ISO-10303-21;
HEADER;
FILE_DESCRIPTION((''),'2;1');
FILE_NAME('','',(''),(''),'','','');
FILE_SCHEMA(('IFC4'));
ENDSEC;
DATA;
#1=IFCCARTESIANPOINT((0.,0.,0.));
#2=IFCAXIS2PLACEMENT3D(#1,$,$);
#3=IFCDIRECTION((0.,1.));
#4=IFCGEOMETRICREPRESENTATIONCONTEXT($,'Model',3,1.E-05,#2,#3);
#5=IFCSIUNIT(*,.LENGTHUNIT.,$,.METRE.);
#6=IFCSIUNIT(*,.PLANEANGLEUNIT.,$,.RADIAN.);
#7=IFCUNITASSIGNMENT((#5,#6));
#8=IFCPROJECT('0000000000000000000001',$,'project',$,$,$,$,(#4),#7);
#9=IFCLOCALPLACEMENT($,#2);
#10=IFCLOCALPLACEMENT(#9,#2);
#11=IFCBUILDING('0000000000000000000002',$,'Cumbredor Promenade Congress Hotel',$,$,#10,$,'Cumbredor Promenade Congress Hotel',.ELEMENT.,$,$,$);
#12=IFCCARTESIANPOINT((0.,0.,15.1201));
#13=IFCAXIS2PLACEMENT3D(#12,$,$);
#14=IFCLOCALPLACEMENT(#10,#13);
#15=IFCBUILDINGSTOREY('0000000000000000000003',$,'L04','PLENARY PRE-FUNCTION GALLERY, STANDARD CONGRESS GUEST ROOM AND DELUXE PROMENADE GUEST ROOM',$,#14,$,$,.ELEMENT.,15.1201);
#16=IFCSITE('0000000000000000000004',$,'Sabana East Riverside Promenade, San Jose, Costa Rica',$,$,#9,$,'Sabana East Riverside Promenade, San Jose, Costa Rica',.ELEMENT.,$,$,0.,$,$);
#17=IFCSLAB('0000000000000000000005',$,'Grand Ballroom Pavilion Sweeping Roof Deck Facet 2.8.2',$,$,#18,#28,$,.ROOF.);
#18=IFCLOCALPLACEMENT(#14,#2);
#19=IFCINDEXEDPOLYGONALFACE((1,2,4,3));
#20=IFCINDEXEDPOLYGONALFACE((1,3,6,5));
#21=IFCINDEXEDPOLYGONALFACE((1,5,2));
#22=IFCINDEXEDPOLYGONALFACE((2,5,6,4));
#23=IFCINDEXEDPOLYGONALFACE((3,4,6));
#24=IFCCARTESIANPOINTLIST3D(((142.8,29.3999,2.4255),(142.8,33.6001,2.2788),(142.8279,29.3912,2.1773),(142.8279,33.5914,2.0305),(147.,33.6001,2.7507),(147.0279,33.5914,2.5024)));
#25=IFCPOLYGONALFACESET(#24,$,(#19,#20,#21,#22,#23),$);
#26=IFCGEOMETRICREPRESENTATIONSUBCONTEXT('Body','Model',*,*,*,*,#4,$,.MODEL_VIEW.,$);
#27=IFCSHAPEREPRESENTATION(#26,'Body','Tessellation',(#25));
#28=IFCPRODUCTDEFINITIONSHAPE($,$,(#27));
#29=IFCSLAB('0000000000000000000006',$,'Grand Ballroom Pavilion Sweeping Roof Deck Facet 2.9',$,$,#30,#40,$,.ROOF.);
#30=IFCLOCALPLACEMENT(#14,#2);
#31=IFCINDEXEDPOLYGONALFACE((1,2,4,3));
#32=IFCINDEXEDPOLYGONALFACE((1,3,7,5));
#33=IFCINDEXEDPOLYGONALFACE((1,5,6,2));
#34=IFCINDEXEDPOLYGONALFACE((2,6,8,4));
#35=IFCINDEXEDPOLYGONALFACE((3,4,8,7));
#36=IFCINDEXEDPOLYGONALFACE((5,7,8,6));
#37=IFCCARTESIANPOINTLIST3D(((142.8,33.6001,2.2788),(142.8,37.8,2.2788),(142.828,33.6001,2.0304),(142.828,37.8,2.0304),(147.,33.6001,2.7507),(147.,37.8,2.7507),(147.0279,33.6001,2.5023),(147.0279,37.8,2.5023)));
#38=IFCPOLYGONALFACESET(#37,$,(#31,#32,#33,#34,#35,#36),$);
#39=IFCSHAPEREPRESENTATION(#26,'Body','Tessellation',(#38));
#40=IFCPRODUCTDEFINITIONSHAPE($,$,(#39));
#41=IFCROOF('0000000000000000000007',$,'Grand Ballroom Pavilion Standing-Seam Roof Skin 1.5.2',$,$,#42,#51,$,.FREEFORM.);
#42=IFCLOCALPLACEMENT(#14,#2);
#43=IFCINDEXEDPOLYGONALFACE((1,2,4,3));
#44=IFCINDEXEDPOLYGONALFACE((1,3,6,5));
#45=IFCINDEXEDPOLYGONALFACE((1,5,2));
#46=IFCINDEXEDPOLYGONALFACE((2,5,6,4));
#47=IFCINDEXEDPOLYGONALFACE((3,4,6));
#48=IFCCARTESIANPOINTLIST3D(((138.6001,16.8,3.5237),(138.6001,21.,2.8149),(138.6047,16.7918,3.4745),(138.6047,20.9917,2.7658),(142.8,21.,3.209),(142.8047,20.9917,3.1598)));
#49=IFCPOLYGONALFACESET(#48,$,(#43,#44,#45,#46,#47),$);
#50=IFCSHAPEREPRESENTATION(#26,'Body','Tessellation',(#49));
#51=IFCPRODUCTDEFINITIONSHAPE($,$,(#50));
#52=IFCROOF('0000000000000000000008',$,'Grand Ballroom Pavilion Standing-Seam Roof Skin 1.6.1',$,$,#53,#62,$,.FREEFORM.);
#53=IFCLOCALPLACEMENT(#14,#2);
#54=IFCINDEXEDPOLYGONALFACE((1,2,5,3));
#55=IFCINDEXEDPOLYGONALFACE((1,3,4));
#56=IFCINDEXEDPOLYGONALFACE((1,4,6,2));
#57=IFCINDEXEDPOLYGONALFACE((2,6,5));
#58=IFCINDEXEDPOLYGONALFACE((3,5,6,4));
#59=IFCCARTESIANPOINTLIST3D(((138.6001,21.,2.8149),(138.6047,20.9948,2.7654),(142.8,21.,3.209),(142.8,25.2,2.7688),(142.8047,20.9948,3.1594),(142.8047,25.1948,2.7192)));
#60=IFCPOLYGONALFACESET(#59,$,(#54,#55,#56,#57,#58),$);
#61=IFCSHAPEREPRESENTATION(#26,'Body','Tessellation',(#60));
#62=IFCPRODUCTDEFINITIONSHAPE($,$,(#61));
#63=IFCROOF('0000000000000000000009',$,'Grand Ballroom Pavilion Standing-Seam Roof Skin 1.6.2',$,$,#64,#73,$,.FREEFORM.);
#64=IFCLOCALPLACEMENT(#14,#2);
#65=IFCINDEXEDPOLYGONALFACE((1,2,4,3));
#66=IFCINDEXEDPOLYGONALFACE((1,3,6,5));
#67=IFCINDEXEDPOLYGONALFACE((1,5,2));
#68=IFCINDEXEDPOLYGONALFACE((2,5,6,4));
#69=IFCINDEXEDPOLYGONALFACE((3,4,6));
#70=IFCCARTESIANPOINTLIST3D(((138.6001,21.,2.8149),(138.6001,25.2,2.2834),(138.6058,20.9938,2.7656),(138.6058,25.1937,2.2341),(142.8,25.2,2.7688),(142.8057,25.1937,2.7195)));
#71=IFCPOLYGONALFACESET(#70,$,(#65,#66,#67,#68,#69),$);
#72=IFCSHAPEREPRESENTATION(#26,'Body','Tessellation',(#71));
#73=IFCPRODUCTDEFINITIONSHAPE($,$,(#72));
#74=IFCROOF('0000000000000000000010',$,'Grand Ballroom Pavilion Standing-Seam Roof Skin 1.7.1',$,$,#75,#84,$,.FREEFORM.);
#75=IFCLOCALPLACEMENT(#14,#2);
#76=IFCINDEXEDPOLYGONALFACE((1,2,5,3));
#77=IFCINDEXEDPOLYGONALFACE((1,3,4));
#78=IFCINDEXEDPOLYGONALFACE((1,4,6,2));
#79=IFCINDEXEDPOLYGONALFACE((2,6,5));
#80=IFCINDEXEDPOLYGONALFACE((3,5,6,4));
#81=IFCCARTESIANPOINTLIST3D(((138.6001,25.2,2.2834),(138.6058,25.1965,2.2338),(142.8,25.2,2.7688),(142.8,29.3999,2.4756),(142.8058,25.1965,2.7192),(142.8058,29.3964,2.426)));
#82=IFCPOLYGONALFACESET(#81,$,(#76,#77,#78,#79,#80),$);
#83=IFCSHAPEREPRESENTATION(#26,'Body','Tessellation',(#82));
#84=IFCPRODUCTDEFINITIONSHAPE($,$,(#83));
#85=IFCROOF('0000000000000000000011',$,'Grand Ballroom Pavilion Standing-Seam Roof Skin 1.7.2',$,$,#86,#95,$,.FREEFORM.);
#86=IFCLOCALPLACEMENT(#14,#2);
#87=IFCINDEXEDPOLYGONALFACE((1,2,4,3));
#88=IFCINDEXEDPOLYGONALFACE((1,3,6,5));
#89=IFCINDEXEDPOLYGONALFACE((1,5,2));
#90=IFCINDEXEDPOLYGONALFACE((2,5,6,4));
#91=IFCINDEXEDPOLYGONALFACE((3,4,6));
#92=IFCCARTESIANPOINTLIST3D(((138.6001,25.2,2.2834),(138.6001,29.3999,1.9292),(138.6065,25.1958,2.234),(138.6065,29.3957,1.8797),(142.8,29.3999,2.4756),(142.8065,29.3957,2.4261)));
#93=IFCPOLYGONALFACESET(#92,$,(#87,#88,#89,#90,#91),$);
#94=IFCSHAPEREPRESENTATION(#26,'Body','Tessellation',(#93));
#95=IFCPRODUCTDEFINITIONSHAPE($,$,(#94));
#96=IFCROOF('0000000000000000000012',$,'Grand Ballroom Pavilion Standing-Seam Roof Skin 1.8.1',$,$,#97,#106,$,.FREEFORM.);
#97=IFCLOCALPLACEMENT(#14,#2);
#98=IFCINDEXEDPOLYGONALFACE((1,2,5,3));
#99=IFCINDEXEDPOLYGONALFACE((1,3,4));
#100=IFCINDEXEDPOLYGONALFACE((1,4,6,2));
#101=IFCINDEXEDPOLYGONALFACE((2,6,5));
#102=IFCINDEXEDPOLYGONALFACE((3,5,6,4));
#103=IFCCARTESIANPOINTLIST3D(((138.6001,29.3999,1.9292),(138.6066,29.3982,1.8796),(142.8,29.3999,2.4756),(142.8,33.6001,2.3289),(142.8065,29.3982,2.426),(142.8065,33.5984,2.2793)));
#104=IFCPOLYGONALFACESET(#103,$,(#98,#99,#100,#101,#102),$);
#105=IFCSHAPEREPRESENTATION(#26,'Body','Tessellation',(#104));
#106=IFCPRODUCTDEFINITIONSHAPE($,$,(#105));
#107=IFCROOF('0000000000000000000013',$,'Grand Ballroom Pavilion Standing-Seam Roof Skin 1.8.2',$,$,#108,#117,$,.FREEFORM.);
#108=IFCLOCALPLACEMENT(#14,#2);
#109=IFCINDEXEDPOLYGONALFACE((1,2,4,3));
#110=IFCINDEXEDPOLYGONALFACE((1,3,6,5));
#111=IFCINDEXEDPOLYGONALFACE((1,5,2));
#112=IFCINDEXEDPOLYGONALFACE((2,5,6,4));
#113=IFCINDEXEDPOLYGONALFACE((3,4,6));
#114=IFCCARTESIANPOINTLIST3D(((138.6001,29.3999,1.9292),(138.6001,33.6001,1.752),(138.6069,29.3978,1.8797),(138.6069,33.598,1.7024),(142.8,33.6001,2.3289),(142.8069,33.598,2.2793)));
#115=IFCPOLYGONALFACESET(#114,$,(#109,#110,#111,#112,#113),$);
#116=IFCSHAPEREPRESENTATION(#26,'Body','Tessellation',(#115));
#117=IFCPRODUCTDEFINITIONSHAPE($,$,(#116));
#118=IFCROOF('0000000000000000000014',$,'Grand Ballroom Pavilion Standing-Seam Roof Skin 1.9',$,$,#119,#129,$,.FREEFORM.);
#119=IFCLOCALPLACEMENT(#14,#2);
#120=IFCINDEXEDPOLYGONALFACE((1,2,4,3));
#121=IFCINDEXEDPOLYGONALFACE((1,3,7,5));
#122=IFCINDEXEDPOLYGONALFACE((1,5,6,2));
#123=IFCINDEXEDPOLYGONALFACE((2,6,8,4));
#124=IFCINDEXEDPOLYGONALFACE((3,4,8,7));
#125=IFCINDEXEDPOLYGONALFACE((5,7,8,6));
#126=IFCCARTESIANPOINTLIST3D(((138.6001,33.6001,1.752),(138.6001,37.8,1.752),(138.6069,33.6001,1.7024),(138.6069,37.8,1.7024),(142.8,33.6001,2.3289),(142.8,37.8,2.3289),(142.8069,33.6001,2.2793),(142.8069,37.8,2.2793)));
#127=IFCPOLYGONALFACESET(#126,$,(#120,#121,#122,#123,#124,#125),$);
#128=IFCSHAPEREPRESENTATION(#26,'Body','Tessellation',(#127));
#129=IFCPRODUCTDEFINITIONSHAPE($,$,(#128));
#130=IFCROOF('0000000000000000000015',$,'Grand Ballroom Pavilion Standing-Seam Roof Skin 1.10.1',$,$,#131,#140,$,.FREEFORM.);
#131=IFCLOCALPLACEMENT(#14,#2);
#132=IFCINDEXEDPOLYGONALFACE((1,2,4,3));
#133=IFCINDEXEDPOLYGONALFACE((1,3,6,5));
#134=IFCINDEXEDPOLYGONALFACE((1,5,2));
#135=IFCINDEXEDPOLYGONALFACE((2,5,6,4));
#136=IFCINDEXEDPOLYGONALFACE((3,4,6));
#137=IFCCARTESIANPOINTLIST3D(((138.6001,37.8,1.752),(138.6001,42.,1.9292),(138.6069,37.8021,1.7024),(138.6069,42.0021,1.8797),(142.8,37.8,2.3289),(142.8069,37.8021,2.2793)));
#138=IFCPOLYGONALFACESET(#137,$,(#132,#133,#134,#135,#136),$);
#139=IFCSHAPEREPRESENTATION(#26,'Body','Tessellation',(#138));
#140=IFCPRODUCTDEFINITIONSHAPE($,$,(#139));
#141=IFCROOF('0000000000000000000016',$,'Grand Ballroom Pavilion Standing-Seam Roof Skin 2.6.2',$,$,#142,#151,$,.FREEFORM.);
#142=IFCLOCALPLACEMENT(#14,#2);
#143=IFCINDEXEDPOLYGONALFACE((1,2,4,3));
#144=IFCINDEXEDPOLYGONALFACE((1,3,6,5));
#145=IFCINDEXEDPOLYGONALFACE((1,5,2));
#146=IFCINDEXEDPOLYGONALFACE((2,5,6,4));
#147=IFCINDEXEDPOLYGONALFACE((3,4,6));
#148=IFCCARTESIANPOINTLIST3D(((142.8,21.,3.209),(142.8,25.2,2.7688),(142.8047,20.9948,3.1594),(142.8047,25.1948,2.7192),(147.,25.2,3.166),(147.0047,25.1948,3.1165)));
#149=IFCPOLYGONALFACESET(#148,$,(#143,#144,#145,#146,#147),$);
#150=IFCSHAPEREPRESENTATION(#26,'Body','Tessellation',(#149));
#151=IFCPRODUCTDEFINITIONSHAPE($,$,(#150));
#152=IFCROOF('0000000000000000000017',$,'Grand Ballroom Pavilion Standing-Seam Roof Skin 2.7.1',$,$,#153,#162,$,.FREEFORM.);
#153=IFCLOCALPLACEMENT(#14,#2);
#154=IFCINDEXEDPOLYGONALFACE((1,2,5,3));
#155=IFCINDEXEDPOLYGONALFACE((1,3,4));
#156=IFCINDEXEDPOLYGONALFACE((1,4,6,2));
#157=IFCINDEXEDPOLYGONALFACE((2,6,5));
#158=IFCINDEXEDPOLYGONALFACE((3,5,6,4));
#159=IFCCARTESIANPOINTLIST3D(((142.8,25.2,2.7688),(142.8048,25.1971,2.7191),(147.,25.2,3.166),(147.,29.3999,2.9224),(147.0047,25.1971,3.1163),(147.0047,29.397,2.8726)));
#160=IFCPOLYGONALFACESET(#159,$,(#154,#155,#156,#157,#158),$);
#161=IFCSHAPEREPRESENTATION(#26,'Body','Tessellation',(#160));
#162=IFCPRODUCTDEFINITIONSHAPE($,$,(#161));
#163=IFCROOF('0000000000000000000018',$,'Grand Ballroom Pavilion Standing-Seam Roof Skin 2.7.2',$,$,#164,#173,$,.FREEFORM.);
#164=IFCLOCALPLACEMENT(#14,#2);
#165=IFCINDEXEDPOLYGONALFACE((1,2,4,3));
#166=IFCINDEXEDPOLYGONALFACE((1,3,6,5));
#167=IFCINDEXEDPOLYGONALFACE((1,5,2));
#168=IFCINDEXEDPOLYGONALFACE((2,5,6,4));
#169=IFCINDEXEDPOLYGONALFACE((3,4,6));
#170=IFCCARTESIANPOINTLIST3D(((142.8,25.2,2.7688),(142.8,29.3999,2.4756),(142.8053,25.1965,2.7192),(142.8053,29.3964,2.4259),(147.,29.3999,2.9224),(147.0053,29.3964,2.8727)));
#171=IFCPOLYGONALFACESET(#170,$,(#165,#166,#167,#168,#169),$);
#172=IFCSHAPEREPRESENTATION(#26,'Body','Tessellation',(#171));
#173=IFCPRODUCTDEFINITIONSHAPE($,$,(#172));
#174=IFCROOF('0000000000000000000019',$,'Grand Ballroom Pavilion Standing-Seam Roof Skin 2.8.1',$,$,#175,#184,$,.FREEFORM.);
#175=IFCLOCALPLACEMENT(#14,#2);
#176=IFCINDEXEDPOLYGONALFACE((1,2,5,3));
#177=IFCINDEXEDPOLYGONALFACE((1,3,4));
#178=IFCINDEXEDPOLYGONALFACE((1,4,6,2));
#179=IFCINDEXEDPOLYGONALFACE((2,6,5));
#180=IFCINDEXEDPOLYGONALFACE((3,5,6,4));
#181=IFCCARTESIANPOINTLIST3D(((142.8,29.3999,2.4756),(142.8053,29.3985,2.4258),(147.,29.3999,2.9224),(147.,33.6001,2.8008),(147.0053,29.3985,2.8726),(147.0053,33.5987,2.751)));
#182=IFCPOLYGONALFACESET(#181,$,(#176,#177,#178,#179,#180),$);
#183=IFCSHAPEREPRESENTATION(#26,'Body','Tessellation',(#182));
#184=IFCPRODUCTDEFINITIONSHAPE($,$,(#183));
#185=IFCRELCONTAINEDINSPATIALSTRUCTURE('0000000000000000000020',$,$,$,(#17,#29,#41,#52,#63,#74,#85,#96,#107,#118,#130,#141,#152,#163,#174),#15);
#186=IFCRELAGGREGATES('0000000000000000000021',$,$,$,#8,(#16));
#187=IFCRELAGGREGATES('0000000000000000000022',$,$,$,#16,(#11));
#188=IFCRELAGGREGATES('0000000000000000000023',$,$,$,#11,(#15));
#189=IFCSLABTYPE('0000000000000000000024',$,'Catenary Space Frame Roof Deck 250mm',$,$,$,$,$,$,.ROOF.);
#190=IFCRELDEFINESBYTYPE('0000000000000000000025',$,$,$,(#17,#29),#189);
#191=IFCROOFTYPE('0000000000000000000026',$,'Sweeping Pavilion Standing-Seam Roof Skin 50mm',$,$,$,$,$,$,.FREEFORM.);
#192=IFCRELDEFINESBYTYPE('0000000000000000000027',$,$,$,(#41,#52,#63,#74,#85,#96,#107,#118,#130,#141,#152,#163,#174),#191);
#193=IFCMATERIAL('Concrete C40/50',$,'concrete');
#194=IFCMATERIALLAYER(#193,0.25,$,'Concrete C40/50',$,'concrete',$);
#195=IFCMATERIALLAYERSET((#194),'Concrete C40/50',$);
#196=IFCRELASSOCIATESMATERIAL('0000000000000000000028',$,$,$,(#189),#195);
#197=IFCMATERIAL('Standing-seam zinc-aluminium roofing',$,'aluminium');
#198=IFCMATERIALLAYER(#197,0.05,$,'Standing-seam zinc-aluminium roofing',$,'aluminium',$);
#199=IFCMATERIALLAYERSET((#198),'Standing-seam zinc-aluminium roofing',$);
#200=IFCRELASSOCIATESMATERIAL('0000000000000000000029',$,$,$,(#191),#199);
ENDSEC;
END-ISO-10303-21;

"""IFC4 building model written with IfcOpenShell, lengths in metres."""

from ifc_helpers import new_model, si_unit, direction, frame, origin, place, context, subcontext, project, spatial, polyline, outline, extrude, material, layer, layer_set, type_object, element, save


model = new_model("IFC4")

# Units and contexts
model_context = context("Model", 3, precision=1e-05, world=origin(), true_north=direction((0.0, 1.0)))
body_context = subcontext(model_context, "Body", "Model", "MODEL_VIEW")
ifc_project = project(units=[si_unit("LENGTHUNIT", "METRE"), si_unit("PLANEANGLEUNIT", "RADIAN")], contexts=[model_context])

# Site, building, storey
site_placement = place(None, origin())
site = spatial("IfcSite", under=ifc_project, at=site_placement, Name="Sabana East Riverside Promenade, San Jose, Costa Rica", LongName="Sabana East Riverside Promenade, San Jose, Costa Rica", CompositionType="ELEMENT", RefElevation=0.0)
building_placement = place(site_placement, origin())
building = spatial("IfcBuilding", under=site, at=building_placement, Name="Cumbredor Promenade Congress Hotel", LongName="Cumbredor Promenade Congress Hotel", CompositionType="ELEMENT")
storey_placement = place(building_placement, frame((0.0, 0.0, 15.1201)))
storey = spatial("IfcBuildingStorey", under=building, at=storey_placement, Name="L04", Description="PLENARY PRE-FUNCTION GALLERY, STANDARD CONGRESS GUEST ROOM AND DELUXE PROMENADE GUEST ROOM", CompositionType="ELEMENT", Elevation=15.1201)

# Slabs
ifc_material_1 = material(Name="Concrete C40/50", Category="concrete")
ifc_layer_1 = layer(ifc_material_1, 0.25, Name="Concrete C40/50", Category="concrete")
ifc_layer_set_1 = layer_set([ifc_layer_1], Name="Concrete C40/50")
slab_type = type_object("IfcSlabType", Name="Catenary Space Frame Roof Deck 250mm", PredefinedType="ROOF", material=ifc_layer_set_1)
slab_1_placement = place(storey_placement, frame((142.8, 29.3999, 2.4255), z_axis=(-0.111594, 0.034694, 0.993148), x_axis=(0.706029, 0.70607, 0.054667)))
element("IfcSlab", 1, at=slab_1_placement, inside=storey, type_object=slab_type, Name="Grand Ballroom Pavilion Sweeping Roof Deck Facet 2.8.2", PredefinedType="ROOF", context=body_context, shape_type="SweptSolid", body=[
    extrude(outline(polyline([(0.0, 0.0), (5.9487, 0.0), (2.9576, 2.9859), (0.0, 0.0)])), origin(), (0.0, 0.0, -1.0), 0.25),
])
slab_2_placement = place(storey_placement, frame((142.8, 33.6001, 2.2788), z_axis=(-0.111661, 0.0, 0.993746), x_axis=(0.993746, 0.0, 0.111661)))
element("IfcSlab", 2, at=slab_2_placement, inside=storey, type_object=slab_type, Name="Grand Ballroom Pavilion Sweeping Roof Deck Facet 2.9", PredefinedType="ROOF", context=body_context, shape_type="SweptSolid", body=[
    extrude(outline(polyline([(0.0, 0.0), (4.2264, 0.0), (4.2264, 4.2), (0.0, 4.2), (0.0, 0.0)])), origin(), (0.0, 0.0, -1.0), 0.25),
])

# Roofs
ifc_material_2 = material(Name="Standing-seam zinc-aluminium roofing", Category="aluminium")
ifc_layer_2 = layer(ifc_material_2, 0.05, Name="Standing-seam zinc-aluminium roofing", Category="aluminium")
ifc_layer_set_2 = layer_set([ifc_layer_2], Name="Standing-seam zinc-aluminium roofing")
roof_type = type_object("IfcRoofType", Name="Sweeping Pavilion Standing-Seam Roof Skin 50mm", PredefinedType="FREEFORM", material=ifc_layer_set_2)
roof_1_placement = place(storey_placement, frame((138.6001, 16.8, 3.5237), z_axis=(-0.09212, 0.16569, 0.981866), x_axis=(0.706116, 0.706116, -0.052908)))
element("IfcRoof", 3, at=roof_1_placement, inside=storey, type_object=roof_type, Name="Grand Ballroom Pavilion Standing-Seam Roof Skin 1.5.2", PredefinedType="FREEFORM", context=body_context, shape_type="SweptSolid", body=[
    extrude(outline(polyline([(0.0, 0.0), (5.948, 0.0), (3.0032, 3.0204), (0.0, 0.0)])), origin(), (0.0, 0.0, -1.0), 0.05),
])
roof_2_placement = place(storey_placement, frame((138.6001, 21.0, 2.8149), z_axis=(-0.092906, 0.103786, 0.990251), x_axis=(0.995628, 0.0, 0.093411)))
element("IfcRoof", 4, at=roof_2_placement, inside=storey, type_object=roof_type, Name="Grand Ballroom Pavilion Standing-Seam Roof Skin 1.6.1", PredefinedType="FREEFORM", context=body_context, shape_type="SweptSolid", body=[
    extrude(outline(polyline([(0.0, 0.0), (4.2184, 0.0), (4.1773, 4.2228), (0.0, 0.0)])), origin(), (0.0, 0.0, -1.0), 0.05),
])
roof_3_placement = place(storey_placement, frame((138.6001, 21.0, 2.8149), z_axis=(-0.113901, 0.124729, 0.985631), x_axis=(0.707085, 0.707085, -0.007768)))
element("IfcRoof", 5, at=roof_3_placement, inside=storey, type_object=roof_type, Name="Grand Ballroom Pavilion Standing-Seam Roof Skin 1.6.2", PredefinedType="FREEFORM", context=body_context, shape_type="SweptSolid", body=[
    extrude(outline(polyline([(0.0, 0.0), (5.9398, 0.0), (2.9739, 3.013), (0.0, 0.0)])), origin(), (0.0, 0.0, -1.0), 0.05),
])
roof_4_placement = place(storey_placement, frame((138.6001, 25.2, 2.2834), z_axis=(-0.114522, 0.069186, 0.991009), x_axis=(0.993389, 0.0, 0.114797)))
element("IfcRoof", 6, at=roof_4_placement, inside=storey, type_object=roof_type, Name="Grand Ballroom Pavilion Standing-Seam Roof Skin 1.7.1", PredefinedType="FREEFORM", context=body_context, shape_type="SweptSolid", body=[
    extrude(outline(polyline([(0.0, 0.0), (4.2279, 0.0), (4.1942, 4.21), (0.0, 0.0)])), origin(), (0.0, 0.0, -1.0), 0.05),
])
roof_5_placement = place(storey_placement, frame((138.6001, 25.2, 2.2834), z_axis=(-0.128558, 0.08335, 0.988193), x_axis=(0.706737, 0.706737, 0.032332)))
element("IfcRoof", 7, at=roof_5_placement, inside=storey, type_object=roof_type, Name="Grand Ballroom Pavilion Standing-Seam Roof Skin 1.7.2", PredefinedType="FREEFORM", context=body_context, shape_type="SweptSolid", body=[
    extrude(outline(polyline([(0.0, 0.0), (5.9427, 0.0), (2.9568, 3.0037), (0.0, 0.0)])), origin(), (0.0, 0.0, -1.0), 0.05),
])
roof_6_placement = place(storey_placement, frame((138.6001, 29.3999, 1.9292), z_axis=(-0.128929, 0.034621, 0.991049), x_axis=(0.991644, 0.0, 0.129006)))
element("IfcRoof", 8, at=roof_6_placement, inside=storey, type_object=roof_type, Name="Grand Ballroom Pavilion Standing-Seam Roof Skin 1.8.1", PredefinedType="FREEFORM", context=body_context, shape_type="SweptSolid", body=[
    extrude(outline(polyline([(0.0, 0.0), (4.2353, 0.0), (4.2164, 4.2027), (0.0, 0.0)])), origin(), (0.0, 0.0, -1.0), 0.05),
])
roof_7_placement = place(storey_placement, frame((138.6001, 29.3999, 1.9292), z_axis=(-0.135963, 0.04177, 0.989833), x_axis=(0.705491, 0.705532, 0.067133)))
element("IfcRoof", 9, at=roof_7_placement, inside=storey, type_object=roof_type, Name="Grand Ballroom Pavilion Standing-Seam Roof Skin 1.8.2", PredefinedType="FREEFORM", context=body_context, shape_type="SweptSolid", body=[
    extrude(outline(polyline([(0.0, 0.0), (5.9532, 0.0), (2.9515, 2.9936), (0.0, 0.0)])), origin(), (0.0, 0.0, -1.0), 0.05),
])
roof_8_placement = place(storey_placement, frame((138.6001, 33.6001, 1.752), z_axis=(-0.136082, 0.0, 0.990698), x_axis=(0.990698, 0.0, 0.136082)))
element("IfcRoof", 10, at=roof_8_placement, inside=storey, type_object=roof_type, Name="Grand Ballroom Pavilion Standing-Seam Roof Skin 1.9", PredefinedType="FREEFORM", context=body_context, shape_type="SweptSolid", body=[
    extrude(outline(polyline([(0.0, 0.0), (4.2394, 0.0), (4.2394, 4.2), (0.0, 4.2), (0.0, 0.0)])), origin(), (0.0, 0.0, -1.0), 0.05),
])
roof_9_placement = place(storey_placement, frame((138.6001, 37.8, 1.752), z_axis=(-0.135963, -0.041773, 0.989833), x_axis=(0.990698, 0.0, 0.136082)))
element("IfcRoof", 11, at=roof_9_placement, inside=storey, type_object=roof_type, Name="Grand Ballroom Pavilion Standing-Seam Roof Skin 1.10.1", PredefinedType="FREEFORM", context=body_context, shape_type="SweptSolid", body=[
    extrude(outline(polyline([(0.0, 0.0), (4.2394, 0.0), (0.0241, 4.2036), (0.0, 0.0)])), origin(), (0.0, 0.0, -1.0), 0.05),
])
roof_10_placement = place(storey_placement, frame((142.8, 21.0, 3.209), z_axis=(-0.093648, 0.103778, 0.990182), x_axis=(0.707088, 0.707088, -0.007234)))
element("IfcRoof", 12, at=roof_10_placement, inside=storey, type_object=roof_type, Name="Grand Ballroom Pavilion Standing-Seam Roof Skin 2.6.2", PredefinedType="FREEFORM", context=body_context, shape_type="SweptSolid", body=[
    extrude(outline(polyline([(0.0, 0.0), (5.9398, 0.0), (2.9729, 2.9992), (0.0, 0.0)])), origin(), (0.0, 0.0, -1.0), 0.05),
])
roof_11_placement = place(storey_placement, frame((142.8, 25.2, 2.7688), z_axis=(-0.094, 0.057659, 0.993901), x_axis=(0.995557, 0.0, 0.094156)))
element("IfcRoof", 13, at=roof_11_placement, inside=storey, type_object=roof_type, Name="Grand Ballroom Pavilion Standing-Seam Roof Skin 2.7.1", PredefinedType="FREEFORM", context=body_context, shape_type="SweptSolid", body=[
    extrude(outline(polyline([(0.0, 0.0), (4.2187, 0.0), (4.1958, 4.207), (0.0, 0.0)])), origin(), (0.0, 0.0, -1.0), 0.05),
])
roof_12_placement = place(storey_placement, frame((142.8, 25.2, 2.7688), z_axis=(-0.105526, 0.069255, 0.992002), x_axis=(0.706871, 0.706871, 0.025846)))
element("IfcRoof", 14, at=roof_12_placement, inside=storey, type_object=roof_type, Name="Grand Ballroom Pavilion Standing-Seam Roof Skin 2.7.2", PredefinedType="FREEFORM", context=body_context, shape_type="SweptSolid", body=[
    extrude(outline(polyline([(0.0, 0.0), (5.9416, 0.0), (2.9612, 2.9928), (0.0, 0.0)])), origin(), (0.0, 0.0, -1.0), 0.05),
])
roof_13_placement = place(storey_placement, frame((142.8, 29.3999, 2.4756), z_axis=(-0.105736, 0.028772, 0.993978), x_axis=(0.99439, 0.0, 0.10578)))
element("IfcRoof", 15, at=roof_13_placement, inside=storey, type_object=roof_type, Name="Grand Ballroom Pavilion Standing-Seam Roof Skin 2.8.1", PredefinedType="FREEFORM", context=body_context, shape_type="SweptSolid", body=[
    extrude(outline(polyline([(0.0, 0.0), (4.2236, 0.0), (4.2108, 4.2019), (0.0, 0.0)])), origin(), (0.0, 0.0, -1.0), 0.05),
])

save(model, "model.ifc")
